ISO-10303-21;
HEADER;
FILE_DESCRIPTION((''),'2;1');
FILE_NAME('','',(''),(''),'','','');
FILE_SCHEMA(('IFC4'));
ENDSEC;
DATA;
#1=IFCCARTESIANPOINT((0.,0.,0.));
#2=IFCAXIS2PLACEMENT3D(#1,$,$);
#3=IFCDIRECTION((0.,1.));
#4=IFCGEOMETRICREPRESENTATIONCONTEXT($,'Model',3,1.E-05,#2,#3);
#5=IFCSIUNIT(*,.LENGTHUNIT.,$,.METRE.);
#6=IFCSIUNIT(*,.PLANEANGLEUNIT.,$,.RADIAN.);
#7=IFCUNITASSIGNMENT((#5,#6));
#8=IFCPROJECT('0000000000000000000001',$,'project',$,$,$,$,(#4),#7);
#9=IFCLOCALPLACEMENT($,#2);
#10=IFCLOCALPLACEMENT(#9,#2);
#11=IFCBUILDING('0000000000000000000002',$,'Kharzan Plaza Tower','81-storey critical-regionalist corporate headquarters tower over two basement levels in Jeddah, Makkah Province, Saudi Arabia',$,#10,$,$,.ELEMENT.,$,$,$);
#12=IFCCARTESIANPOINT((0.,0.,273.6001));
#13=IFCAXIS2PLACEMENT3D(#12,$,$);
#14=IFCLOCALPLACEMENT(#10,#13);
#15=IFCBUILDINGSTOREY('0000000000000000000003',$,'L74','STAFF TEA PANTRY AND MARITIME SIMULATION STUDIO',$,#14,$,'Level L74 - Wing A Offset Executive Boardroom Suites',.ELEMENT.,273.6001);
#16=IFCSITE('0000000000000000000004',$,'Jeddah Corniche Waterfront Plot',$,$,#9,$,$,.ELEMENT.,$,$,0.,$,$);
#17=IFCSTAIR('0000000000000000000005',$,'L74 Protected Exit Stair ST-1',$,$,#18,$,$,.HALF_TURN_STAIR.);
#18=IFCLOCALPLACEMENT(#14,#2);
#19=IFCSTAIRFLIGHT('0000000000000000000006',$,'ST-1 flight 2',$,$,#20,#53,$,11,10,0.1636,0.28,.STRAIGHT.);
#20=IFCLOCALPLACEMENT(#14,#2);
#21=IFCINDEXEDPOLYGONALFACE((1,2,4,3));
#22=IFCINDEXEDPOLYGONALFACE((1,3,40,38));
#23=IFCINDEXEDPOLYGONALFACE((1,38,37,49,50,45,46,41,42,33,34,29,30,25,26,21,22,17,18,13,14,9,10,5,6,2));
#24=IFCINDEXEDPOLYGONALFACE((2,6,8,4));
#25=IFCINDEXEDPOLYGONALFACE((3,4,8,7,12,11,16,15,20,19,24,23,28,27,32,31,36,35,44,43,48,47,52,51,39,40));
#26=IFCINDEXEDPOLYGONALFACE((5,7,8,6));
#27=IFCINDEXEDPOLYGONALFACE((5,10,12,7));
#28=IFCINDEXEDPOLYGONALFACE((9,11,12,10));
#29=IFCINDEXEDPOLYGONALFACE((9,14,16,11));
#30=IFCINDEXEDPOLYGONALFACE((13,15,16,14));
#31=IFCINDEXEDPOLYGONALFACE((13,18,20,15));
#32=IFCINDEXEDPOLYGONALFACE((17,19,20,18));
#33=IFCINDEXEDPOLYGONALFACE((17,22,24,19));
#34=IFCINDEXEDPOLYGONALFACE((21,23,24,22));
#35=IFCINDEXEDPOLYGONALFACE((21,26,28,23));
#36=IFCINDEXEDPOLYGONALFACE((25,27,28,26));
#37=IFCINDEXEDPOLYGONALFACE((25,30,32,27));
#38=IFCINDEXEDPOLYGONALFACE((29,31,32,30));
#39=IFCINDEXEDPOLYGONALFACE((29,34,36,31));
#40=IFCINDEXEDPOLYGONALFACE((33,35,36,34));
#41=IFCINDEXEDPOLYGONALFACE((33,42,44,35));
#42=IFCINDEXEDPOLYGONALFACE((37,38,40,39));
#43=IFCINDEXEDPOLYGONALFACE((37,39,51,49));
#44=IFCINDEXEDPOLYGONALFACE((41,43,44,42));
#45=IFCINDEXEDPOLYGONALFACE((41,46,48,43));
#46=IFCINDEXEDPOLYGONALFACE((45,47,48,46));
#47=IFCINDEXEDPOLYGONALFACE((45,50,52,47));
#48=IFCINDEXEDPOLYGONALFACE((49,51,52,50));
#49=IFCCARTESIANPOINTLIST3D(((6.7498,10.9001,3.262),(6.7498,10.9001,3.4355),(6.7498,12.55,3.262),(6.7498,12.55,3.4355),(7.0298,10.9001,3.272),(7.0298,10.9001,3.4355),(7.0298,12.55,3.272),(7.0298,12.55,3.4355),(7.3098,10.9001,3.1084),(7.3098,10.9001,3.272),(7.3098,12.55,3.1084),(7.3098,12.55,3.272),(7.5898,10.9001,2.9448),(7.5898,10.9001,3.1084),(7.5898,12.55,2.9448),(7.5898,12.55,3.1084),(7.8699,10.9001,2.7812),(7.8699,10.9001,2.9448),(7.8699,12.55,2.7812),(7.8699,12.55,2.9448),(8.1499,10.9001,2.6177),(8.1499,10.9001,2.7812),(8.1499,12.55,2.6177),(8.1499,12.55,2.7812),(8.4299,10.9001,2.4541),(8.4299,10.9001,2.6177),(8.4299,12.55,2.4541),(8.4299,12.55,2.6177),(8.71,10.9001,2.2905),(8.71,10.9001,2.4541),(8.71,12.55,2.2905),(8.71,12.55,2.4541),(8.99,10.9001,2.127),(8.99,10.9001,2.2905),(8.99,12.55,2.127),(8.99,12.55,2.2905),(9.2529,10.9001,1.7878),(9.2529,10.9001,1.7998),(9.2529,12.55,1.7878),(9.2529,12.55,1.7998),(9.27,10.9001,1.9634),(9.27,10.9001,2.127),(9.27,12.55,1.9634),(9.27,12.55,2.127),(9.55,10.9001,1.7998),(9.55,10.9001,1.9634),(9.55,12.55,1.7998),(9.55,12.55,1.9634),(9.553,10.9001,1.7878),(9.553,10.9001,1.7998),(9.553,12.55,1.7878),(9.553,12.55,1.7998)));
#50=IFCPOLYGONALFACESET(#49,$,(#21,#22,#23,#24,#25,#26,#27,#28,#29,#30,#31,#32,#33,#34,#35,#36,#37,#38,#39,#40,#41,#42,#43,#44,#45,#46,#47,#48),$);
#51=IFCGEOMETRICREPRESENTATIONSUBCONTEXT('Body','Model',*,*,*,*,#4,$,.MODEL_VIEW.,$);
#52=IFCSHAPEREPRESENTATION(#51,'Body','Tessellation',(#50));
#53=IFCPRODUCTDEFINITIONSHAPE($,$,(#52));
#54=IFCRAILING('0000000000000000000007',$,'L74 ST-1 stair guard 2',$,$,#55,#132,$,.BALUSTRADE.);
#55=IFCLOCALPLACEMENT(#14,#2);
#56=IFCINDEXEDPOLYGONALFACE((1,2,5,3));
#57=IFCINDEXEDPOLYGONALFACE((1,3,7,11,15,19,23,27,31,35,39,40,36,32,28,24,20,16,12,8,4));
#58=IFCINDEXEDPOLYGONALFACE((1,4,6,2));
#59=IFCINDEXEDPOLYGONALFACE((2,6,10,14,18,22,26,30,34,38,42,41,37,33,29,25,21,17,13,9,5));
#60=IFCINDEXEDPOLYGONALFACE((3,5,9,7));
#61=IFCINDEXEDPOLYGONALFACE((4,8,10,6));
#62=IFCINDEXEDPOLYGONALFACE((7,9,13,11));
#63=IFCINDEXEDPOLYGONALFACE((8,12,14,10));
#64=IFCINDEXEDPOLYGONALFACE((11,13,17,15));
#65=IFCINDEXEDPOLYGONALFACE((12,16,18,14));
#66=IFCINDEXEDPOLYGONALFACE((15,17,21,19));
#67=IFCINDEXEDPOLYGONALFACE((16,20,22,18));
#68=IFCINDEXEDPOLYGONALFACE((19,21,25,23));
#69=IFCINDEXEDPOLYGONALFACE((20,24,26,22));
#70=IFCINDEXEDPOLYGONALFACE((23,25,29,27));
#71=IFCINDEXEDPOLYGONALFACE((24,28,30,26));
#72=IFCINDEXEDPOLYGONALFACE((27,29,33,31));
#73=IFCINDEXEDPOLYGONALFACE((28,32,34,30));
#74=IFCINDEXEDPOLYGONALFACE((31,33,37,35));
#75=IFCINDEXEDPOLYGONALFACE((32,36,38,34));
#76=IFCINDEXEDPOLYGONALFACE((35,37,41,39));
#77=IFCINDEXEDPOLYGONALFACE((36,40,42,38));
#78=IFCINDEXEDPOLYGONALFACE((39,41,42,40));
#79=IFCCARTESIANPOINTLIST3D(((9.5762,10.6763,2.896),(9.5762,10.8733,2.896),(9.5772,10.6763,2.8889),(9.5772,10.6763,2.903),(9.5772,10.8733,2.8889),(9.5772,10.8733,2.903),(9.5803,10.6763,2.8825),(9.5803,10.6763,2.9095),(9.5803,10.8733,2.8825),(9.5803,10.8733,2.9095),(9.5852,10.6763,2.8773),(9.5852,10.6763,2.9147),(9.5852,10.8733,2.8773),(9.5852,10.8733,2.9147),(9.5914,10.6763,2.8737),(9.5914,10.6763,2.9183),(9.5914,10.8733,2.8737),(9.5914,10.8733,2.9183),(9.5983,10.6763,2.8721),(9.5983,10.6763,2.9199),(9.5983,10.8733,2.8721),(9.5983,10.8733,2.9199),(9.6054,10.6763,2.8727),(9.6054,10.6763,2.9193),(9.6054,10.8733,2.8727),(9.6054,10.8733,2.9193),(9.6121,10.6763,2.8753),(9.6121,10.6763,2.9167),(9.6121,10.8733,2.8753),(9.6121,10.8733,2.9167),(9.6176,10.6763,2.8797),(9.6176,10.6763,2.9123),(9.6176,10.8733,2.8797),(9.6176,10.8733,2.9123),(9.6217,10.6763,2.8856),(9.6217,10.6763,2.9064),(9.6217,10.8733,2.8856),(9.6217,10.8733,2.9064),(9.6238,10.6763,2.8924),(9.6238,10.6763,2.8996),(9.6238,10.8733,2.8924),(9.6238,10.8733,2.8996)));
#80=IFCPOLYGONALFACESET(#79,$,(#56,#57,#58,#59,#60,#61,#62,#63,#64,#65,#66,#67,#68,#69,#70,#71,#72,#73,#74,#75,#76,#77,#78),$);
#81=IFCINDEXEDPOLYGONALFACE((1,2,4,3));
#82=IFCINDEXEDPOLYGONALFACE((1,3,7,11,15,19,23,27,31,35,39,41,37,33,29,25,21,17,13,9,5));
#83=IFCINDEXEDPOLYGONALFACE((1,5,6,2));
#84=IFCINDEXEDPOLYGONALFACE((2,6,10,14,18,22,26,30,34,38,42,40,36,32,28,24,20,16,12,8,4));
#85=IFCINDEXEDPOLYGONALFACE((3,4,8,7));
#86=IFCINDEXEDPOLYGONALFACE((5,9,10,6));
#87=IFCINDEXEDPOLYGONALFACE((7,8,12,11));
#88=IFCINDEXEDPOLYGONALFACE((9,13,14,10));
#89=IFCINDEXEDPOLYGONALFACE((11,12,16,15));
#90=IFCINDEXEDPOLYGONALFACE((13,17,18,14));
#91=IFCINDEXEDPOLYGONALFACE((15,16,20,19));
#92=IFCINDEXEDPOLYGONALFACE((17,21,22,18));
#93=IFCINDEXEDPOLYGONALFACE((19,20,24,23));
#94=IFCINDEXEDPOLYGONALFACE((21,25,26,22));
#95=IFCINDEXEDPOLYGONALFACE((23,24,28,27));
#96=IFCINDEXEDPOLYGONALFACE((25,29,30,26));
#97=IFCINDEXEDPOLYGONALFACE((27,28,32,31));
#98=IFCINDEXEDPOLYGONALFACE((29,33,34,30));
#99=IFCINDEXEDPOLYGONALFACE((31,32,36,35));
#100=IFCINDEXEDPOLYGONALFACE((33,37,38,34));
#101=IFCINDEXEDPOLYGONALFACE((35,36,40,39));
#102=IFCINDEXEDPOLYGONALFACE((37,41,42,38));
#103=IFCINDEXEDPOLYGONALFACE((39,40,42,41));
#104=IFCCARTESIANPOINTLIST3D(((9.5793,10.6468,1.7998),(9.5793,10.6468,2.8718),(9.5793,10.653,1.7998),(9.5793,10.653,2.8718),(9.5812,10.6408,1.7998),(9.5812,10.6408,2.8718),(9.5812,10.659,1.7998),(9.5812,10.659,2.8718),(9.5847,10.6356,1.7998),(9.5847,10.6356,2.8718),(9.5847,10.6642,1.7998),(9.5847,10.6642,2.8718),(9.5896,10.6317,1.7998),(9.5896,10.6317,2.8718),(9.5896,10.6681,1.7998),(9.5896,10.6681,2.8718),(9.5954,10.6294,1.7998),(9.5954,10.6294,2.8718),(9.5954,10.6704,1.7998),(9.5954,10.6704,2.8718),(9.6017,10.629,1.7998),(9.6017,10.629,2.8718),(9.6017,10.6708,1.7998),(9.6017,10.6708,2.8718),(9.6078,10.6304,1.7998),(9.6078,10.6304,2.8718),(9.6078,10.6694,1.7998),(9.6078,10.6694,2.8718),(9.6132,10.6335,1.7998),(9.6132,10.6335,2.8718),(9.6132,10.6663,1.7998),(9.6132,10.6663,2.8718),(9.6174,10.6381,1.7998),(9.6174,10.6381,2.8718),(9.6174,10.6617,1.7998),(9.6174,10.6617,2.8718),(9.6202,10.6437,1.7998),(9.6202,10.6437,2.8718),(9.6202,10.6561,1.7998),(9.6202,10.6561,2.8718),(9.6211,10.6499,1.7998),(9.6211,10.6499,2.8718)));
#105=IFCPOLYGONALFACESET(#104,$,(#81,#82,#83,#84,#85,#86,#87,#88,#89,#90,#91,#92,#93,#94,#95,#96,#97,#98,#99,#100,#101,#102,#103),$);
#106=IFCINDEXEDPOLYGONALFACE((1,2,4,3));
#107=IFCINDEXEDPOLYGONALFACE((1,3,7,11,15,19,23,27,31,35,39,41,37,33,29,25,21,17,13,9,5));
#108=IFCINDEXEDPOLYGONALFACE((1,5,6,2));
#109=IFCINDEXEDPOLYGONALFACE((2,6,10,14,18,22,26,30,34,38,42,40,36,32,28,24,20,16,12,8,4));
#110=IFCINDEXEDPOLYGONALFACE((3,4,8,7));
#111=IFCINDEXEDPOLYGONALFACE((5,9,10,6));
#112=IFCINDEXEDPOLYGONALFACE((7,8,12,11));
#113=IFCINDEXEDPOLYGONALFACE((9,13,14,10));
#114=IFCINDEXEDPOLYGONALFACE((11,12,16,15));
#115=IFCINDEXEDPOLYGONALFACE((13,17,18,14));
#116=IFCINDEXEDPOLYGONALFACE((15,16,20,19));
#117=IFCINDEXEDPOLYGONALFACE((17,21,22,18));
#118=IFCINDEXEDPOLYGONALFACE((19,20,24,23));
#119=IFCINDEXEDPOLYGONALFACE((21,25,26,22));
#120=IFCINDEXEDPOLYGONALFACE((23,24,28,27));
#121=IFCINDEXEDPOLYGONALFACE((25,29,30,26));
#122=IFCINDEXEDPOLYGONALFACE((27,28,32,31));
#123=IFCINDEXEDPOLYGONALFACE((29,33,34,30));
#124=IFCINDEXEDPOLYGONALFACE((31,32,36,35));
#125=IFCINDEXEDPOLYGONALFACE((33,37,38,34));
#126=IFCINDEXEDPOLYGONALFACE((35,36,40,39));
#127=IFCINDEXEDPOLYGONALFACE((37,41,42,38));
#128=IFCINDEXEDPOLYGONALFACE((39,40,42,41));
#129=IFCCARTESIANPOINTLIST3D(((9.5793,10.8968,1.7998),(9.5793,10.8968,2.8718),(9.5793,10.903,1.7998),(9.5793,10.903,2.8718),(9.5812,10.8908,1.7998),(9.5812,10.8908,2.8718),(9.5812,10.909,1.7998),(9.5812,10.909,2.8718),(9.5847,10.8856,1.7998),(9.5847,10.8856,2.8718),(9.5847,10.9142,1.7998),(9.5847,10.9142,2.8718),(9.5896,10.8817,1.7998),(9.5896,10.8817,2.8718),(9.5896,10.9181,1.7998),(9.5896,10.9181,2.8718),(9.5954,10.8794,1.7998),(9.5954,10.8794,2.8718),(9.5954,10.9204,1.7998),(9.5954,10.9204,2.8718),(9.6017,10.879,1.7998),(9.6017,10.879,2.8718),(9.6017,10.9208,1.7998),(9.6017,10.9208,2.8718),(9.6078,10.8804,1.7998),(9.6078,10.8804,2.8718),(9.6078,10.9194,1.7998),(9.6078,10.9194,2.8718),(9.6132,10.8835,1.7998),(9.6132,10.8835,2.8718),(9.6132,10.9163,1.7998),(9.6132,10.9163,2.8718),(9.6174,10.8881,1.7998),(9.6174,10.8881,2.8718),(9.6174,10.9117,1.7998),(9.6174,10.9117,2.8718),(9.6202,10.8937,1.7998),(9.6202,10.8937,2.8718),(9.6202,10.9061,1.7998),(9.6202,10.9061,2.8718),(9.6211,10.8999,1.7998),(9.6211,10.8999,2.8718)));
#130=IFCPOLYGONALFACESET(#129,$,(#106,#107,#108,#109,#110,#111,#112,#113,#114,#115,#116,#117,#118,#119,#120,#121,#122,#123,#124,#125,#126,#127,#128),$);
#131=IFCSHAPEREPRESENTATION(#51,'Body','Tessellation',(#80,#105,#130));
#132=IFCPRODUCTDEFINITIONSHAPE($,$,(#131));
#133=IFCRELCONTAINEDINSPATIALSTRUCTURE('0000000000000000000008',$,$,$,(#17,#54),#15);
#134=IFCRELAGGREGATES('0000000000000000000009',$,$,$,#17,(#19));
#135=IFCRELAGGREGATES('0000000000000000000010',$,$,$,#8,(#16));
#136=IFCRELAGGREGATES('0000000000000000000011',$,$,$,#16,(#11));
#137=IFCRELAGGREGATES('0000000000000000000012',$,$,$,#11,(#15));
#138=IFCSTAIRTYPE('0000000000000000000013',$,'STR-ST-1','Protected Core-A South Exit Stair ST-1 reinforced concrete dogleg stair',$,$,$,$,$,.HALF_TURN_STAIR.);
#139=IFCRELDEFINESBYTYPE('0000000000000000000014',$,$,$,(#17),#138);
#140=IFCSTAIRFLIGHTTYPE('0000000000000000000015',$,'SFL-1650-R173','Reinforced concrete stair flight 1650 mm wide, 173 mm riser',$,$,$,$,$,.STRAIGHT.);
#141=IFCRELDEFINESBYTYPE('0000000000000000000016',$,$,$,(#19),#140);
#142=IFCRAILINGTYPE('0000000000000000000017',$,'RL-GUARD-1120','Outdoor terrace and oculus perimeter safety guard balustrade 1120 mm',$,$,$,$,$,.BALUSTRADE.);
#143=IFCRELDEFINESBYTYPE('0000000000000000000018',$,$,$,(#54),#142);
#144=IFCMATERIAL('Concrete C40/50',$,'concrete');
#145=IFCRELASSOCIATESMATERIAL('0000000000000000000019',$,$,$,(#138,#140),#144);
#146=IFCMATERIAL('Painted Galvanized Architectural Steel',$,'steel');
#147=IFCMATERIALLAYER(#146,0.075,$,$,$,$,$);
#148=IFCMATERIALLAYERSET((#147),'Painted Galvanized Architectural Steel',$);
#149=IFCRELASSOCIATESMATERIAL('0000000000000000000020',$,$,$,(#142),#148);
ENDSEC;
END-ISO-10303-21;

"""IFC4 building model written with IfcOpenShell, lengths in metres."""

from ifc_helpers import new_model, si_unit, direction, frame, origin, origin_2d, place, context, subcontext, project, spatial, polyline, circle, outline, extrude, source, transform, mapped, material, layer, layer_set, type_object, element, aggregate, save


model = new_model("IFC4")

# Units and contexts
model_context = context("Model", 3, precision=1e-05, world=origin(), true_north=direction((0.0, 1.0)))
body_context = subcontext(model_context, "Body", "Model", "MODEL_VIEW")
ifc_project = project(units=[si_unit("LENGTHUNIT", "METRE"), si_unit("PLANEANGLEUNIT", "RADIAN")], contexts=[model_context])

# Site, building, storey
site_placement = place(None, origin())
site = spatial("IfcSite", under=ifc_project, at=site_placement, Name="Jeddah Corniche Waterfront Plot", CompositionType="ELEMENT", RefElevation=0.0)
building_placement = place(site_placement, origin())
building = spatial("IfcBuilding", under=site, at=building_placement, Name="Kharzan Plaza Tower", Description="81-storey critical-regionalist corporate headquarters tower over two basement levels in Jeddah, Makkah Province, Saudi Arabia", CompositionType="ELEMENT")
storey_placement = place(building_placement, frame((0.0, 0.0, 273.6001)))
storey = spatial("IfcBuildingStorey", under=building, at=storey_placement, Name="L74", Description="STAFF TEA PANTRY AND MARITIME SIMULATION STUDIO", LongName="Level L74 - Wing A Offset Executive Boardroom Suites", CompositionType="ELEMENT", Elevation=273.6001)

# Shared definitions
ifc_material_1 = material(Name="Concrete C40/50", Category="concrete")

# Stair, stair flight
stair_type = type_object("IfcStairType", Name="STR-ST-1", Description="Protected Core-A South Exit Stair ST-1 reinforced concrete dogleg stair", PredefinedType="HALF_TURN_STAIR", material=ifc_material_1)
stair_placement = place(storey_placement, origin())
stair = element("IfcStair", 1, at=stair_placement, inside=storey, type_object=stair_type, Name="L74 Protected Exit Stair ST-1", PredefinedType="HALF_TURN_STAIR")
stair_flight_type = type_object("IfcStairFlightType", Name="SFL-1650-R173", Description="Reinforced concrete stair flight 1650 mm wide, 173 mm riser", PredefinedType="STRAIGHT", material=ifc_material_1)
shared_shape_1 = source(origin(), body_context, "Body", "SweptSolid", [
    extrude(outline(polyline([(-0.0029, -0.012), (-0.0029, 0.0), (0.0, 0.0), (0.0, 0.1636), (0.28, 0.1636), (0.28, 0.3271), (0.5601, 0.3271), (0.5601, 0.4907), (0.8401, 0.4907), (0.8401, 0.6543), (1.1201, 0.6543), (1.1201, 0.8179), (1.4001, 0.8179), (1.4001, 0.9814), (1.6802, 0.9814), (1.6802, 1.145), (1.9602, 1.145), (1.9602, 1.3086), (2.2402, 1.3086), (2.2402, 1.4722), (2.5203, 1.4722), (2.5203, 1.6357), (2.8003, 1.6357), (2.8003, 1.7993), (2.8003, 1.4622), (0.2971, 0.0), (0.2971, -0.012), (-0.0029, -0.012)])), frame((0.0, 0.825, 0.0), z_axis=(0.0, -1.0, 0.0), x_axis=(1.0, 0.0, 0.0)), (0.0, 0.0, 1.0), 1.6499),
])
stair_flight_1_placement = place(storey_placement, frame((9.55, 11.7251, 1.7998), z_axis=(0.0, 0.0, 1.0), x_axis=(-1.0, 0.0, 0.0)))
stair_flight_1 = element("IfcStairFlight", 2, at=stair_flight_1_placement, type_object=stair_flight_type, Name="ST-1 flight 2", NumberOfRisers=11, NumberOfTreads=10, PredefinedType="STRAIGHT", RiserHeight=0.1636, TreadLength=0.28, context=body_context, shape_type="MappedRepresentation", body=[
    mapped(shared_shape_1, transform((0.0, 0.0, 0.0), x_axis=(1.0, 0.0, 0.0), y_axis=(0.0, 1.0, 0.0), z_axis=(0.0, 0.0, 1.0))),
])
aggregate(stair, [stair_flight_1])

# Railing
ifc_material_2 = material(Name="Painted Galvanized Architectural Steel", Category="steel")
ifc_layer_1 = layer(ifc_material_2, 0.075)
ifc_layer_set_1 = layer_set([ifc_layer_1], Name="Painted Galvanized Architectural Steel")
railing_type_1 = type_object("IfcRailingType", Name="RL-GUARD-1120", Description="Outdoor terrace and oculus perimeter safety guard balustrade 1120 mm", PredefinedType="BALUSTRADE", material=ifc_layer_set_1)
shared_shape_2 = source(origin(), body_context, "Body", "SweptSolid", [
    extrude(circle(Radius=0.0239, at=origin_2d()), frame((0.0, 0.0264, 1.0962), z_axis=(0.0, 1.0, 0.0), x_axis=(-1.0, 0.0, 0.0)), (0.0, 0.0, 1.0), 0.197),
    extrude(circle(Radius=0.021, at=origin_2d()), origin(), (0.0, 0.0, 1.0), 1.072),
    extrude(circle(Radius=0.021, at=origin_2d()), frame((0.0, 0.25, 0.0)), (0.0, 0.0, 1.0), 1.072),
])
for number, where, name in (
    (3, (9.6001, 10.6499, 1.7998), "L74 ST-1 stair guard 2"),
):
    element("IfcRailing", number, at=place(storey_placement, frame(where)), inside=storey, type_object=railing_type_1, Name=name, PredefinedType="BALUSTRADE", context=body_context, shape_type="MappedRepresentation", body=[
        mapped(shared_shape_2, transform((0.0, 0.0, 0.0), x_axis=(1.0, 0.0, 0.0), y_axis=(0.0, 1.0, 0.0), z_axis=(0.0, 0.0, 1.0))),
    ])

save(model, "model.ifc")
